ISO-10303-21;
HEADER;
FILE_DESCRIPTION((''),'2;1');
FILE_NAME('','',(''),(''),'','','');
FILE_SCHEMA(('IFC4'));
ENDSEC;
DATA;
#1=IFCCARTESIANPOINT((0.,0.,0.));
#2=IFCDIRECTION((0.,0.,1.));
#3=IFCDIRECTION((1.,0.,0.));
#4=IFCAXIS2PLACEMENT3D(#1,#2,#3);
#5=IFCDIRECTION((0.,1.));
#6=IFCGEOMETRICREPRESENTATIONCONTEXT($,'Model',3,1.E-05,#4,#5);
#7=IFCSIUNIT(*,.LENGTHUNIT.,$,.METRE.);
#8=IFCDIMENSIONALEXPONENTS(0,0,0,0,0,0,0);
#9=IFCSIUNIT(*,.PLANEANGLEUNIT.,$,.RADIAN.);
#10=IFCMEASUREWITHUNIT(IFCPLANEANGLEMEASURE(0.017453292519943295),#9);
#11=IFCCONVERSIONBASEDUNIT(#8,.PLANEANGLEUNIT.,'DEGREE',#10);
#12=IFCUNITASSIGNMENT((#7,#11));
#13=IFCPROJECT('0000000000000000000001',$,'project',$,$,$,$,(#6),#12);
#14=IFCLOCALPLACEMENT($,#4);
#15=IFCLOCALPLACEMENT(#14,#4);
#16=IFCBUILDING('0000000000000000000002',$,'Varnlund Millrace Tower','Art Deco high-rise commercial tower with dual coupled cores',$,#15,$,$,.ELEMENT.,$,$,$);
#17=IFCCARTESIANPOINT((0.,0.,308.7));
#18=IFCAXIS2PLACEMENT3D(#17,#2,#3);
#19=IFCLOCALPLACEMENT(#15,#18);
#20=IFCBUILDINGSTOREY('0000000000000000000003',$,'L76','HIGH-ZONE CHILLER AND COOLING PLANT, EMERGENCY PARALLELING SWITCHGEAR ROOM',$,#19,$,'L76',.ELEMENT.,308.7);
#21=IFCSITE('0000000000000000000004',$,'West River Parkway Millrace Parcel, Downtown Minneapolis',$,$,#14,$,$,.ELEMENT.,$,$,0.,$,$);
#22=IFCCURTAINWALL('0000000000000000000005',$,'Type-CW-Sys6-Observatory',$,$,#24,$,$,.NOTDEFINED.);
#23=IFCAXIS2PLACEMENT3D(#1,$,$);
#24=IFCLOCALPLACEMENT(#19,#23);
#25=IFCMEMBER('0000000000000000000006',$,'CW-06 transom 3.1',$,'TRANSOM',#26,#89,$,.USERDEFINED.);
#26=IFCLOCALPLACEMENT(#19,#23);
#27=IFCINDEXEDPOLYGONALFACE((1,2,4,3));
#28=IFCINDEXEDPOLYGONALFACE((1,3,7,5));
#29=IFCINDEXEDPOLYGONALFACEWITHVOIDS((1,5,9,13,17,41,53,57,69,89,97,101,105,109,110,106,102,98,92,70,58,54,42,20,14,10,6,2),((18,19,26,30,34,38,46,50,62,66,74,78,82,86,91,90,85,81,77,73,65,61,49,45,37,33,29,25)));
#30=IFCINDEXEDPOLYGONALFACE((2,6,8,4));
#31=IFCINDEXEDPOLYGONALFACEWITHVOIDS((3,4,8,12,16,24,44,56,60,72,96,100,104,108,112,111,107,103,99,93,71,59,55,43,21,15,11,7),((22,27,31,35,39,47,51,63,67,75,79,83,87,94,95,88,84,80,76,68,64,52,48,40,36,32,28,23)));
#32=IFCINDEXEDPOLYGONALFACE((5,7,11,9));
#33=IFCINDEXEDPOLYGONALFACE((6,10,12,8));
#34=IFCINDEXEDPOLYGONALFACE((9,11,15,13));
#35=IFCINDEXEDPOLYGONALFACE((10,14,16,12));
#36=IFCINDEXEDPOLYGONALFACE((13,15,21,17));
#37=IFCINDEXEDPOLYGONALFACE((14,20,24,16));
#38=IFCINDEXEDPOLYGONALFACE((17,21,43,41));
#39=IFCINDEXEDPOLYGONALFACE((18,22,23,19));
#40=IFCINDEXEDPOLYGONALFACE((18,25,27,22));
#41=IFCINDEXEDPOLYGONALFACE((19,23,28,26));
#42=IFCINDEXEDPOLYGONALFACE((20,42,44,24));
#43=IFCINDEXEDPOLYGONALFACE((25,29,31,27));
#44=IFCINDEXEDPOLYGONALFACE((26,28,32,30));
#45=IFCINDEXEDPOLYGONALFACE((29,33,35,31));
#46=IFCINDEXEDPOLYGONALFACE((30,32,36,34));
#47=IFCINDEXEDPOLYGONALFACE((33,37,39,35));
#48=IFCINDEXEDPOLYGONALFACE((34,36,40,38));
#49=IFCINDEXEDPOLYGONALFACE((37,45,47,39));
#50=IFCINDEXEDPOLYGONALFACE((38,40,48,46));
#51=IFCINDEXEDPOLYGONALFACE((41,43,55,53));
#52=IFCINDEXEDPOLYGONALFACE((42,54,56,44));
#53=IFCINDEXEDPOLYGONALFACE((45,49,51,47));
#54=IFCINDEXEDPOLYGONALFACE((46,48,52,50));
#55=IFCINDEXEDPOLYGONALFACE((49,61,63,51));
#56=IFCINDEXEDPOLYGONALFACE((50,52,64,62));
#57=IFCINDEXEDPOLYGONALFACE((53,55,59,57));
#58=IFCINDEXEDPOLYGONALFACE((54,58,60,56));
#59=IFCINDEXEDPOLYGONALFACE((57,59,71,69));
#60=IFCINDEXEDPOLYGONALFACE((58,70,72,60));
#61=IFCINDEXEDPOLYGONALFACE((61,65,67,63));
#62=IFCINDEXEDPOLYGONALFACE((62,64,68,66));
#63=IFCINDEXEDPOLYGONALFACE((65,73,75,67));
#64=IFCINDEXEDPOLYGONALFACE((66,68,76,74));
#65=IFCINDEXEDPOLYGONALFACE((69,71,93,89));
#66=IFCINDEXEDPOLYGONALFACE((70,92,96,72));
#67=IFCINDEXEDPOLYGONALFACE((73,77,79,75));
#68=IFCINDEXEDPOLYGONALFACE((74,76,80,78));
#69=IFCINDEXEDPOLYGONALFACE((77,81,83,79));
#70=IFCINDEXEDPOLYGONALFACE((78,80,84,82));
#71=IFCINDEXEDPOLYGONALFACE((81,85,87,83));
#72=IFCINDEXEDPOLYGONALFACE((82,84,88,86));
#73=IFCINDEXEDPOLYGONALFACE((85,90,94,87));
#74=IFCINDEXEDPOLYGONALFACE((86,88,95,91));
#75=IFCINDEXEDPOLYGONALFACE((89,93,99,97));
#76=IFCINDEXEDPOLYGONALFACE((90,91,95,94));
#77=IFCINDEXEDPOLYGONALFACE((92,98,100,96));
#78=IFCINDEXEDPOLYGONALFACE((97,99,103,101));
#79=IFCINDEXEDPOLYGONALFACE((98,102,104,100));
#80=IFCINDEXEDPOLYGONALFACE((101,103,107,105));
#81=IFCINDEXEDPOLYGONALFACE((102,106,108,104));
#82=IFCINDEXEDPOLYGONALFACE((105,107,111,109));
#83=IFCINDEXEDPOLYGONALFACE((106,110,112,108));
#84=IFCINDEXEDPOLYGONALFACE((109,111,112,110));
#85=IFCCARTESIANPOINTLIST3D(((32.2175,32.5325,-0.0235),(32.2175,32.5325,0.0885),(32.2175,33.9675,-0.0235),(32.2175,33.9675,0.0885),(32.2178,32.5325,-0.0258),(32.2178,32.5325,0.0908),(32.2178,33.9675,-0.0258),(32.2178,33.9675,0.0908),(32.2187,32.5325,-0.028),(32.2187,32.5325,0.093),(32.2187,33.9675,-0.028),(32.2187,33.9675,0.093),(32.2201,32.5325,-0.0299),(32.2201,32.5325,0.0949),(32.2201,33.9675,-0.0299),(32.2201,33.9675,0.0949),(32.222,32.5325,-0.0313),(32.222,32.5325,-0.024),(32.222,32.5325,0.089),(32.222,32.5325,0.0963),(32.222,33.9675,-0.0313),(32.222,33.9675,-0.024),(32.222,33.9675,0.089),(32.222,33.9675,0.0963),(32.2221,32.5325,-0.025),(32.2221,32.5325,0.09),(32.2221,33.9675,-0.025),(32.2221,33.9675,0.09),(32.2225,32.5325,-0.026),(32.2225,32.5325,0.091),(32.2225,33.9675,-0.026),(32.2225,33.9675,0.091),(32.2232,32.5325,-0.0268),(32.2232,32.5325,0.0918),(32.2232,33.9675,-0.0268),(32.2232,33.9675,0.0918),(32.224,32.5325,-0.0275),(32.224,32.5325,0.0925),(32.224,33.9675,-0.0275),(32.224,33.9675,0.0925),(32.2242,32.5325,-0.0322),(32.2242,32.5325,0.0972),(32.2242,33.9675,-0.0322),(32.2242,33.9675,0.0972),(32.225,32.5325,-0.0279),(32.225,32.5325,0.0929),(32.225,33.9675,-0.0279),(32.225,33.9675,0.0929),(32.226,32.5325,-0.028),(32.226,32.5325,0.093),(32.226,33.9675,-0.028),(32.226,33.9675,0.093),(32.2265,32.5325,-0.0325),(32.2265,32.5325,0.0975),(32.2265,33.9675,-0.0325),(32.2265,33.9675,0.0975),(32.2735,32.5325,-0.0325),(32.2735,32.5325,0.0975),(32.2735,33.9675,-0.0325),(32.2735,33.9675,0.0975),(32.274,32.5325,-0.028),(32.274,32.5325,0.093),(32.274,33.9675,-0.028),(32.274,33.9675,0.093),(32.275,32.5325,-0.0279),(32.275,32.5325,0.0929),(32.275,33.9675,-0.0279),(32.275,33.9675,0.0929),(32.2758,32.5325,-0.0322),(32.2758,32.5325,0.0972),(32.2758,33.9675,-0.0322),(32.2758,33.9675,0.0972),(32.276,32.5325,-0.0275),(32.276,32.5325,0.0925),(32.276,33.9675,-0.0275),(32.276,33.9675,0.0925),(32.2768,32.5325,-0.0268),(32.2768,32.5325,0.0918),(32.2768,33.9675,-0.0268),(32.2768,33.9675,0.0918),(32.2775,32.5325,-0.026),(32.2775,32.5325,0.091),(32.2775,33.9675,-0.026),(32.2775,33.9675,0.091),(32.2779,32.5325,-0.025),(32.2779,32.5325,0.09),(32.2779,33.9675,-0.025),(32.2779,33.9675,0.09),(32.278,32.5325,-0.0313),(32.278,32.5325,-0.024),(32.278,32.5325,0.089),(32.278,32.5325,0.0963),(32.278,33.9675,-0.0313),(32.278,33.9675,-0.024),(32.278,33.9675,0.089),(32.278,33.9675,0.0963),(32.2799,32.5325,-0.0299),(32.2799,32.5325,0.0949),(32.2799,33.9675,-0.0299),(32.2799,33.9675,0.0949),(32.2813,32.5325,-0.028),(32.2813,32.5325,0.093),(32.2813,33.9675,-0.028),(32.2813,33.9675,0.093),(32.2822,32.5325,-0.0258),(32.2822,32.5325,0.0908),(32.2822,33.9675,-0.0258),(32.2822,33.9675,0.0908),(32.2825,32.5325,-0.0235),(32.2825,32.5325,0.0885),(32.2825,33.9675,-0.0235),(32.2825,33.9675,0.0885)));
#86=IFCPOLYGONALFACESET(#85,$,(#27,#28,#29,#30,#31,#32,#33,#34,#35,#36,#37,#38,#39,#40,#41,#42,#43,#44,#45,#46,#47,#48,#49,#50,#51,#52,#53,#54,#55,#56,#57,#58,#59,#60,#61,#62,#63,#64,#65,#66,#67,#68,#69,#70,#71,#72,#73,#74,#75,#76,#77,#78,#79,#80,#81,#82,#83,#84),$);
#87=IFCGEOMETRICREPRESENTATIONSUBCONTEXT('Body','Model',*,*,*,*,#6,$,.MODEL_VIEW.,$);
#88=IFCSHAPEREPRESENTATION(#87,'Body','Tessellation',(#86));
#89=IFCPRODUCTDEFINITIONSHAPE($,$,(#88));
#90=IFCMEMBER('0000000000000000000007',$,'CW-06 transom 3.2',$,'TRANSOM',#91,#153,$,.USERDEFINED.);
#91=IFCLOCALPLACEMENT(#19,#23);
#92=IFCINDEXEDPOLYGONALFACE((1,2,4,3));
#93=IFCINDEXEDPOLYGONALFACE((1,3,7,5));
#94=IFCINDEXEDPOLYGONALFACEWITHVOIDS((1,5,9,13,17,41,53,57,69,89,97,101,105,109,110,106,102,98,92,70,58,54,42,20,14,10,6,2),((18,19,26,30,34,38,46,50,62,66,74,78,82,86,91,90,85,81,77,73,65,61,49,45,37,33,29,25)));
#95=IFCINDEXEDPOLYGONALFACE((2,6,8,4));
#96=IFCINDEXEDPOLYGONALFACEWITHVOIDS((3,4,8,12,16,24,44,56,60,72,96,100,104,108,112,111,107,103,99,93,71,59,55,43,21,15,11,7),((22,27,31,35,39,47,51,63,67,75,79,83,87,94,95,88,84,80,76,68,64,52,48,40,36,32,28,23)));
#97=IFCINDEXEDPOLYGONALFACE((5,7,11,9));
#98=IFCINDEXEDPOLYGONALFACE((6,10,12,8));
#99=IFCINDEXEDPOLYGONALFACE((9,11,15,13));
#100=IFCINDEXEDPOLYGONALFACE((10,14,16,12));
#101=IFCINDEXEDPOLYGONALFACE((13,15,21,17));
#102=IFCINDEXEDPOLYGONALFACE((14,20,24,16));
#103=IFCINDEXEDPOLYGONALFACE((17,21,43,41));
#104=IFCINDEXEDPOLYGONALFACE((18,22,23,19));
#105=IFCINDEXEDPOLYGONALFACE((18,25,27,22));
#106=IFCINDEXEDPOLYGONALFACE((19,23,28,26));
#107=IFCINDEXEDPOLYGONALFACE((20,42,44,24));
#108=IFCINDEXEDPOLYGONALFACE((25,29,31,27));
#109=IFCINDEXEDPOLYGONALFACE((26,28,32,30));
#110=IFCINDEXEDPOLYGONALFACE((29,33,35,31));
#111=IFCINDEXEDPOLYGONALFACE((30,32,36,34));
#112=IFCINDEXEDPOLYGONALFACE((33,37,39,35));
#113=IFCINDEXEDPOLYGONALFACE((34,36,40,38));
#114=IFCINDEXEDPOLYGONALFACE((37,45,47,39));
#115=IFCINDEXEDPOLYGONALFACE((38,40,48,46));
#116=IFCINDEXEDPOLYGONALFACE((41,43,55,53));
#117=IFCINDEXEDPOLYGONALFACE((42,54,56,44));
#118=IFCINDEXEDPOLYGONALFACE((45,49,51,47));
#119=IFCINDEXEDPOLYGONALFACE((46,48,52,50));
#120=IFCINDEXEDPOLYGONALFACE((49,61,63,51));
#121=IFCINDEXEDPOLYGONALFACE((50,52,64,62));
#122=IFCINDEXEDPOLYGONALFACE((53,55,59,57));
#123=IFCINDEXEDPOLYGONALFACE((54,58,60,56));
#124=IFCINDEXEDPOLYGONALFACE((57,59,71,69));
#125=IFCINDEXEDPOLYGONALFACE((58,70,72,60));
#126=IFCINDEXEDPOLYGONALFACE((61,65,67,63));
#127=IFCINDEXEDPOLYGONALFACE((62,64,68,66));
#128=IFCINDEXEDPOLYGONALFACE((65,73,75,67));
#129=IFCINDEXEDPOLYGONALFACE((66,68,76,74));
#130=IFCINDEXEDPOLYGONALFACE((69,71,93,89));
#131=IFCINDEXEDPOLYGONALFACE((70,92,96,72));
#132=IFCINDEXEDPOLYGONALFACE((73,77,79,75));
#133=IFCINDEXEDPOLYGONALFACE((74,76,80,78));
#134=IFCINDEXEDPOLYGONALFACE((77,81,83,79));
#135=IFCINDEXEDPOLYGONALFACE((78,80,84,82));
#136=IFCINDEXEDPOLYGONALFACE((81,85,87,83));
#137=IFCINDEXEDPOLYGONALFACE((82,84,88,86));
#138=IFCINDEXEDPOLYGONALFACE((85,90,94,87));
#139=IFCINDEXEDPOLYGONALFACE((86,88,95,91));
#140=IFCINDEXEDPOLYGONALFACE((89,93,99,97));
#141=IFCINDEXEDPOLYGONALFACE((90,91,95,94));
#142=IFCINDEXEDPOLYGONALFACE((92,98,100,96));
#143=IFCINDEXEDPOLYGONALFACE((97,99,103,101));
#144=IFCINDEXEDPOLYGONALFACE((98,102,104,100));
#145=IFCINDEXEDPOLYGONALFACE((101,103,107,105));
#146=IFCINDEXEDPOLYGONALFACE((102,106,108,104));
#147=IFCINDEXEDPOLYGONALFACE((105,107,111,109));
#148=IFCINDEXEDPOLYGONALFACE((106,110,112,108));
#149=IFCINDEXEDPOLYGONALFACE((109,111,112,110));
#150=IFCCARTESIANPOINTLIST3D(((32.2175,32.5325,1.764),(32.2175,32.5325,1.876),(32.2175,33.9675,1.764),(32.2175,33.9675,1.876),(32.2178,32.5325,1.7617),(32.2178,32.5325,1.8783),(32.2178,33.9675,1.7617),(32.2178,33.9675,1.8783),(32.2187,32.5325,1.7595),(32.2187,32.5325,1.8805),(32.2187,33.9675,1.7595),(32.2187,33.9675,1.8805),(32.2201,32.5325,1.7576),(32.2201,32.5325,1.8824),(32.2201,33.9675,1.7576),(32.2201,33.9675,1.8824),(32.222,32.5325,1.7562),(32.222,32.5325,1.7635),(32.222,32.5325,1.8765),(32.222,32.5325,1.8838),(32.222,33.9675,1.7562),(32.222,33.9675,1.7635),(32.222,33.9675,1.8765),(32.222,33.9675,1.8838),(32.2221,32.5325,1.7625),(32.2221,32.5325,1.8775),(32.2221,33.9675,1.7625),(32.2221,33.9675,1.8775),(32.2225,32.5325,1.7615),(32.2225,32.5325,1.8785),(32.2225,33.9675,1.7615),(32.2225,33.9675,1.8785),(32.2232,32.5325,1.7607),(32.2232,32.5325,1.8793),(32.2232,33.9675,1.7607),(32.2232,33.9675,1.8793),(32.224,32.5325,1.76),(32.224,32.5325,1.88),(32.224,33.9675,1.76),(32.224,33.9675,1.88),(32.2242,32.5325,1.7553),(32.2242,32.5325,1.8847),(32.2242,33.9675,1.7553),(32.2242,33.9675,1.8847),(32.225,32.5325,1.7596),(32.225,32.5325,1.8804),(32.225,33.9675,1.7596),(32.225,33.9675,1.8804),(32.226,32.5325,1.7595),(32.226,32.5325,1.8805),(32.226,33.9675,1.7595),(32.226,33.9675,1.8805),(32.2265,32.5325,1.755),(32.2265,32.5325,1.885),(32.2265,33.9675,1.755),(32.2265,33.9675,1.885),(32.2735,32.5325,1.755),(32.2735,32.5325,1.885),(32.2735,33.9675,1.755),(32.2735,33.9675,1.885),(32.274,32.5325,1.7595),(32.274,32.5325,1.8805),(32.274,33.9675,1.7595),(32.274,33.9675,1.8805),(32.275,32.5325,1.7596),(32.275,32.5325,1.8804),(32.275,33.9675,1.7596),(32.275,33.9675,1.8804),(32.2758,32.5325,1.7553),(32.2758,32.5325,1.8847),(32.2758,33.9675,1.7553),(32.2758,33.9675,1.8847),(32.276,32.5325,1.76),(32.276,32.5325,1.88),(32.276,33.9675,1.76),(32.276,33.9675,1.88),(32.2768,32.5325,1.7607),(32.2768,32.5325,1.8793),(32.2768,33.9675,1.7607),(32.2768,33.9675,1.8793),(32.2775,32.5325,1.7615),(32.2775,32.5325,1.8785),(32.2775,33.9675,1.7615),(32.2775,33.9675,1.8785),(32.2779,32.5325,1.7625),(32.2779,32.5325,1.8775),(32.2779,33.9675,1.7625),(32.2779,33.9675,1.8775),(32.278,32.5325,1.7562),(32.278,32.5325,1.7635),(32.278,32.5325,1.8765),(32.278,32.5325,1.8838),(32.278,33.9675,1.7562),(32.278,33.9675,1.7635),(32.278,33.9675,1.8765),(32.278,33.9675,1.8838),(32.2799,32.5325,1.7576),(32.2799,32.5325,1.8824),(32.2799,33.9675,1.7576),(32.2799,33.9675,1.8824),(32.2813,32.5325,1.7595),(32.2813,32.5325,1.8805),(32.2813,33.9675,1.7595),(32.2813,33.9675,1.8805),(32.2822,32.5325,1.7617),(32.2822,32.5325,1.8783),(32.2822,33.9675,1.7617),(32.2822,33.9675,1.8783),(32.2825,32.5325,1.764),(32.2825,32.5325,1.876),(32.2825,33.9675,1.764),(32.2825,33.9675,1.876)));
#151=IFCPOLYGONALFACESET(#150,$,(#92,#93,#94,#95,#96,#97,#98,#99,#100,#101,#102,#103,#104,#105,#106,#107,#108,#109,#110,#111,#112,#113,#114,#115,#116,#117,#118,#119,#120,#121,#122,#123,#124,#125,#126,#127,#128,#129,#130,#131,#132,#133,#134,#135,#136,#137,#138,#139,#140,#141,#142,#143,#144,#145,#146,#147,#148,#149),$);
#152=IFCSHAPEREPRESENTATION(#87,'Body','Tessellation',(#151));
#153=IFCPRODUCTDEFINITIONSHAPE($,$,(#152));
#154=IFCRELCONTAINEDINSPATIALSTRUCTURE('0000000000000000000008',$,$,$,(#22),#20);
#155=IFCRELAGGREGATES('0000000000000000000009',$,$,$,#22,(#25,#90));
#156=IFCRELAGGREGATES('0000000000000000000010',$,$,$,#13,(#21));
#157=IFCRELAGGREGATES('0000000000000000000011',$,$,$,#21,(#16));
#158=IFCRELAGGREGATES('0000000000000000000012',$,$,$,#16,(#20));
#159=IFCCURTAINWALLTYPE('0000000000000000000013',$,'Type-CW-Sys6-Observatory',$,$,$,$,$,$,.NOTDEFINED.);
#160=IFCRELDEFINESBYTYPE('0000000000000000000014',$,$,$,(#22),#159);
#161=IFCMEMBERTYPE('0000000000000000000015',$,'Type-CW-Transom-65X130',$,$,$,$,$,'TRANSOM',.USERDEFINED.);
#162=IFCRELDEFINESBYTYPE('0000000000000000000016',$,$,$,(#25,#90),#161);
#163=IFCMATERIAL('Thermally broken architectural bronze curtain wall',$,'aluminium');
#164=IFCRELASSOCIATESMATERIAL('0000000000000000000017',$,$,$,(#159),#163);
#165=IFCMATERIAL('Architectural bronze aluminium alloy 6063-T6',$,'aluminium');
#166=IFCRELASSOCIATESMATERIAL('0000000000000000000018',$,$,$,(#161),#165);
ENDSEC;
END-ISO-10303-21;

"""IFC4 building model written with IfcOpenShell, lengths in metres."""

from ifc_helpers import new_model, entity, si_unit, converted_unit, direction, frame, origin_with_axes, origin_2d_with_axis, place, context, subcontext, project, spatial, hollow_rectangle, extrude, material, material_profile, profile_set, type_object, element, aggregate, save


model = new_model("IFC4")

# Units and contexts
model_context = context("Model", 3, precision=1e-05, world=origin_with_axes(), true_north=direction((0.0, 1.0)))
body_context = subcontext(model_context, "Body", "Model", "MODEL_VIEW")
ifc_project = project(units=[si_unit("LENGTHUNIT", "METRE"), converted_unit("PLANEANGLEUNIT", "DEGREE", entity("IfcPlaneAngleMeasure", 0.017453292519943295), si_unit("PLANEANGLEUNIT", "RADIAN"), dimensions=[0, 0, 0, 0, 0, 0, 0])], contexts=[model_context])

# Site, building, storey
site_placement = place(None, origin_with_axes())
site = spatial("IfcSite", under=ifc_project, at=site_placement, Name="West River Parkway Millrace Parcel, Downtown Minneapolis", CompositionType="ELEMENT", RefElevation=0.0)
building_placement = place(site_placement, origin_with_axes())
building = spatial("IfcBuilding", under=site, at=building_placement, Name="Varnlund Millrace Tower", Description="Art Deco high-rise commercial tower with dual coupled cores", CompositionType="ELEMENT")
storey_placement = place(building_placement, frame((0.0, 0.0, 308.7), z_axis=(0.0, 0.0, 1.0), x_axis=(1.0, 0.0, 0.0)))
storey = spatial("IfcBuildingStorey", under=building, at=storey_placement, Name="L76", Description="HIGH-ZONE CHILLER AND COOLING PLANT, EMERGENCY PARALLELING SWITCHGEAR ROOM", LongName="L76", CompositionType="ELEMENT", Elevation=308.7)

# Curtain wall, members
ifc_material_1 = material(Name="Thermally broken architectural bronze curtain wall", Category="aluminium")
curtain_wall_type = type_object("IfcCurtainWallType", Name="Type-CW-Sys6-Observatory", PredefinedType="NOTDEFINED", material=ifc_material_1)
curtain_wall_1_placement = place(storey_placement, frame((32.25, 37.0, 0.0), z_axis=(0.0, 0.0, 1.0), x_axis=(1.0, 0.0, 0.0)))
curtain_wall_1 = element("IfcCurtainWall", 1, at=curtain_wall_1_placement, inside=storey, type_object=curtain_wall_type, Name="Type-CW-Sys6-Observatory", PredefinedType="NOTDEFINED")
ifc_material_2 = material(Name="Architectural bronze aluminium alloy 6063-T6", Category="aluminium")
ifc_material_profile_1 = material_profile(ifc_material_2, hollow_rectangle(XDim=0.065, YDim=0.13, WallThickness=0.0045, InnerFilletRadius=0.004, OuterFilletRadius=0.009, at=origin_2d_with_axis()), Name="Architectural bronze aluminium alloy 6063-T6")
ifc_profile_set_1 = profile_set([ifc_material_profile_1], Name="Architectural bronze aluminium alloy 6063-T6")
member_type = type_object("IfcMemberType", Name="Type-CW-Transom-65X130", ElementType="TRANSOM", PredefinedType="USERDEFINED", material=ifc_profile_set_1)
member_1_placement = place(storey_placement, frame((32.25, 33.9675, 0.0325), z_axis=(0.0, -1.0, 0.0), x_axis=(1.0, 0.0, 0.0)))
member_1 = element("IfcMember", 2, at=member_1_placement, type_object=member_type, Name="CW-06 transom 3.1", ObjectType="TRANSOM", PredefinedType="USERDEFINED", context=body_context, shape_type="SweptSolid", body=[
    extrude(hollow_rectangle(XDim=0.065, YDim=0.13, WallThickness=0.0045, InnerFilletRadius=0.004, OuterFilletRadius=0.009, at=origin_2d_with_axis()), origin_with_axes(), (0.0, 0.0, 1.0), 1.435),
])
member_2_placement = place(storey_placement, frame((32.25, 33.9675, 1.82), z_axis=(0.0, -1.0, 0.0), x_axis=(1.0, 0.0, 0.0)))
member_2 = element("IfcMember", 3, at=member_2_placement, type_object=member_type, Name="CW-06 transom 3.2", ObjectType="TRANSOM", PredefinedType="USERDEFINED", context=body_context, shape_type="SweptSolid", body=[
    extrude(hollow_rectangle(XDim=0.065, YDim=0.13, WallThickness=0.0045, InnerFilletRadius=0.004, OuterFilletRadius=0.009, at=origin_2d_with_axis()), origin_with_axes(), (0.0, 0.0, 1.0), 1.435),
])

aggregate(curtain_wall_1, [member_1, member_2])

save(model, "model.ifc")
